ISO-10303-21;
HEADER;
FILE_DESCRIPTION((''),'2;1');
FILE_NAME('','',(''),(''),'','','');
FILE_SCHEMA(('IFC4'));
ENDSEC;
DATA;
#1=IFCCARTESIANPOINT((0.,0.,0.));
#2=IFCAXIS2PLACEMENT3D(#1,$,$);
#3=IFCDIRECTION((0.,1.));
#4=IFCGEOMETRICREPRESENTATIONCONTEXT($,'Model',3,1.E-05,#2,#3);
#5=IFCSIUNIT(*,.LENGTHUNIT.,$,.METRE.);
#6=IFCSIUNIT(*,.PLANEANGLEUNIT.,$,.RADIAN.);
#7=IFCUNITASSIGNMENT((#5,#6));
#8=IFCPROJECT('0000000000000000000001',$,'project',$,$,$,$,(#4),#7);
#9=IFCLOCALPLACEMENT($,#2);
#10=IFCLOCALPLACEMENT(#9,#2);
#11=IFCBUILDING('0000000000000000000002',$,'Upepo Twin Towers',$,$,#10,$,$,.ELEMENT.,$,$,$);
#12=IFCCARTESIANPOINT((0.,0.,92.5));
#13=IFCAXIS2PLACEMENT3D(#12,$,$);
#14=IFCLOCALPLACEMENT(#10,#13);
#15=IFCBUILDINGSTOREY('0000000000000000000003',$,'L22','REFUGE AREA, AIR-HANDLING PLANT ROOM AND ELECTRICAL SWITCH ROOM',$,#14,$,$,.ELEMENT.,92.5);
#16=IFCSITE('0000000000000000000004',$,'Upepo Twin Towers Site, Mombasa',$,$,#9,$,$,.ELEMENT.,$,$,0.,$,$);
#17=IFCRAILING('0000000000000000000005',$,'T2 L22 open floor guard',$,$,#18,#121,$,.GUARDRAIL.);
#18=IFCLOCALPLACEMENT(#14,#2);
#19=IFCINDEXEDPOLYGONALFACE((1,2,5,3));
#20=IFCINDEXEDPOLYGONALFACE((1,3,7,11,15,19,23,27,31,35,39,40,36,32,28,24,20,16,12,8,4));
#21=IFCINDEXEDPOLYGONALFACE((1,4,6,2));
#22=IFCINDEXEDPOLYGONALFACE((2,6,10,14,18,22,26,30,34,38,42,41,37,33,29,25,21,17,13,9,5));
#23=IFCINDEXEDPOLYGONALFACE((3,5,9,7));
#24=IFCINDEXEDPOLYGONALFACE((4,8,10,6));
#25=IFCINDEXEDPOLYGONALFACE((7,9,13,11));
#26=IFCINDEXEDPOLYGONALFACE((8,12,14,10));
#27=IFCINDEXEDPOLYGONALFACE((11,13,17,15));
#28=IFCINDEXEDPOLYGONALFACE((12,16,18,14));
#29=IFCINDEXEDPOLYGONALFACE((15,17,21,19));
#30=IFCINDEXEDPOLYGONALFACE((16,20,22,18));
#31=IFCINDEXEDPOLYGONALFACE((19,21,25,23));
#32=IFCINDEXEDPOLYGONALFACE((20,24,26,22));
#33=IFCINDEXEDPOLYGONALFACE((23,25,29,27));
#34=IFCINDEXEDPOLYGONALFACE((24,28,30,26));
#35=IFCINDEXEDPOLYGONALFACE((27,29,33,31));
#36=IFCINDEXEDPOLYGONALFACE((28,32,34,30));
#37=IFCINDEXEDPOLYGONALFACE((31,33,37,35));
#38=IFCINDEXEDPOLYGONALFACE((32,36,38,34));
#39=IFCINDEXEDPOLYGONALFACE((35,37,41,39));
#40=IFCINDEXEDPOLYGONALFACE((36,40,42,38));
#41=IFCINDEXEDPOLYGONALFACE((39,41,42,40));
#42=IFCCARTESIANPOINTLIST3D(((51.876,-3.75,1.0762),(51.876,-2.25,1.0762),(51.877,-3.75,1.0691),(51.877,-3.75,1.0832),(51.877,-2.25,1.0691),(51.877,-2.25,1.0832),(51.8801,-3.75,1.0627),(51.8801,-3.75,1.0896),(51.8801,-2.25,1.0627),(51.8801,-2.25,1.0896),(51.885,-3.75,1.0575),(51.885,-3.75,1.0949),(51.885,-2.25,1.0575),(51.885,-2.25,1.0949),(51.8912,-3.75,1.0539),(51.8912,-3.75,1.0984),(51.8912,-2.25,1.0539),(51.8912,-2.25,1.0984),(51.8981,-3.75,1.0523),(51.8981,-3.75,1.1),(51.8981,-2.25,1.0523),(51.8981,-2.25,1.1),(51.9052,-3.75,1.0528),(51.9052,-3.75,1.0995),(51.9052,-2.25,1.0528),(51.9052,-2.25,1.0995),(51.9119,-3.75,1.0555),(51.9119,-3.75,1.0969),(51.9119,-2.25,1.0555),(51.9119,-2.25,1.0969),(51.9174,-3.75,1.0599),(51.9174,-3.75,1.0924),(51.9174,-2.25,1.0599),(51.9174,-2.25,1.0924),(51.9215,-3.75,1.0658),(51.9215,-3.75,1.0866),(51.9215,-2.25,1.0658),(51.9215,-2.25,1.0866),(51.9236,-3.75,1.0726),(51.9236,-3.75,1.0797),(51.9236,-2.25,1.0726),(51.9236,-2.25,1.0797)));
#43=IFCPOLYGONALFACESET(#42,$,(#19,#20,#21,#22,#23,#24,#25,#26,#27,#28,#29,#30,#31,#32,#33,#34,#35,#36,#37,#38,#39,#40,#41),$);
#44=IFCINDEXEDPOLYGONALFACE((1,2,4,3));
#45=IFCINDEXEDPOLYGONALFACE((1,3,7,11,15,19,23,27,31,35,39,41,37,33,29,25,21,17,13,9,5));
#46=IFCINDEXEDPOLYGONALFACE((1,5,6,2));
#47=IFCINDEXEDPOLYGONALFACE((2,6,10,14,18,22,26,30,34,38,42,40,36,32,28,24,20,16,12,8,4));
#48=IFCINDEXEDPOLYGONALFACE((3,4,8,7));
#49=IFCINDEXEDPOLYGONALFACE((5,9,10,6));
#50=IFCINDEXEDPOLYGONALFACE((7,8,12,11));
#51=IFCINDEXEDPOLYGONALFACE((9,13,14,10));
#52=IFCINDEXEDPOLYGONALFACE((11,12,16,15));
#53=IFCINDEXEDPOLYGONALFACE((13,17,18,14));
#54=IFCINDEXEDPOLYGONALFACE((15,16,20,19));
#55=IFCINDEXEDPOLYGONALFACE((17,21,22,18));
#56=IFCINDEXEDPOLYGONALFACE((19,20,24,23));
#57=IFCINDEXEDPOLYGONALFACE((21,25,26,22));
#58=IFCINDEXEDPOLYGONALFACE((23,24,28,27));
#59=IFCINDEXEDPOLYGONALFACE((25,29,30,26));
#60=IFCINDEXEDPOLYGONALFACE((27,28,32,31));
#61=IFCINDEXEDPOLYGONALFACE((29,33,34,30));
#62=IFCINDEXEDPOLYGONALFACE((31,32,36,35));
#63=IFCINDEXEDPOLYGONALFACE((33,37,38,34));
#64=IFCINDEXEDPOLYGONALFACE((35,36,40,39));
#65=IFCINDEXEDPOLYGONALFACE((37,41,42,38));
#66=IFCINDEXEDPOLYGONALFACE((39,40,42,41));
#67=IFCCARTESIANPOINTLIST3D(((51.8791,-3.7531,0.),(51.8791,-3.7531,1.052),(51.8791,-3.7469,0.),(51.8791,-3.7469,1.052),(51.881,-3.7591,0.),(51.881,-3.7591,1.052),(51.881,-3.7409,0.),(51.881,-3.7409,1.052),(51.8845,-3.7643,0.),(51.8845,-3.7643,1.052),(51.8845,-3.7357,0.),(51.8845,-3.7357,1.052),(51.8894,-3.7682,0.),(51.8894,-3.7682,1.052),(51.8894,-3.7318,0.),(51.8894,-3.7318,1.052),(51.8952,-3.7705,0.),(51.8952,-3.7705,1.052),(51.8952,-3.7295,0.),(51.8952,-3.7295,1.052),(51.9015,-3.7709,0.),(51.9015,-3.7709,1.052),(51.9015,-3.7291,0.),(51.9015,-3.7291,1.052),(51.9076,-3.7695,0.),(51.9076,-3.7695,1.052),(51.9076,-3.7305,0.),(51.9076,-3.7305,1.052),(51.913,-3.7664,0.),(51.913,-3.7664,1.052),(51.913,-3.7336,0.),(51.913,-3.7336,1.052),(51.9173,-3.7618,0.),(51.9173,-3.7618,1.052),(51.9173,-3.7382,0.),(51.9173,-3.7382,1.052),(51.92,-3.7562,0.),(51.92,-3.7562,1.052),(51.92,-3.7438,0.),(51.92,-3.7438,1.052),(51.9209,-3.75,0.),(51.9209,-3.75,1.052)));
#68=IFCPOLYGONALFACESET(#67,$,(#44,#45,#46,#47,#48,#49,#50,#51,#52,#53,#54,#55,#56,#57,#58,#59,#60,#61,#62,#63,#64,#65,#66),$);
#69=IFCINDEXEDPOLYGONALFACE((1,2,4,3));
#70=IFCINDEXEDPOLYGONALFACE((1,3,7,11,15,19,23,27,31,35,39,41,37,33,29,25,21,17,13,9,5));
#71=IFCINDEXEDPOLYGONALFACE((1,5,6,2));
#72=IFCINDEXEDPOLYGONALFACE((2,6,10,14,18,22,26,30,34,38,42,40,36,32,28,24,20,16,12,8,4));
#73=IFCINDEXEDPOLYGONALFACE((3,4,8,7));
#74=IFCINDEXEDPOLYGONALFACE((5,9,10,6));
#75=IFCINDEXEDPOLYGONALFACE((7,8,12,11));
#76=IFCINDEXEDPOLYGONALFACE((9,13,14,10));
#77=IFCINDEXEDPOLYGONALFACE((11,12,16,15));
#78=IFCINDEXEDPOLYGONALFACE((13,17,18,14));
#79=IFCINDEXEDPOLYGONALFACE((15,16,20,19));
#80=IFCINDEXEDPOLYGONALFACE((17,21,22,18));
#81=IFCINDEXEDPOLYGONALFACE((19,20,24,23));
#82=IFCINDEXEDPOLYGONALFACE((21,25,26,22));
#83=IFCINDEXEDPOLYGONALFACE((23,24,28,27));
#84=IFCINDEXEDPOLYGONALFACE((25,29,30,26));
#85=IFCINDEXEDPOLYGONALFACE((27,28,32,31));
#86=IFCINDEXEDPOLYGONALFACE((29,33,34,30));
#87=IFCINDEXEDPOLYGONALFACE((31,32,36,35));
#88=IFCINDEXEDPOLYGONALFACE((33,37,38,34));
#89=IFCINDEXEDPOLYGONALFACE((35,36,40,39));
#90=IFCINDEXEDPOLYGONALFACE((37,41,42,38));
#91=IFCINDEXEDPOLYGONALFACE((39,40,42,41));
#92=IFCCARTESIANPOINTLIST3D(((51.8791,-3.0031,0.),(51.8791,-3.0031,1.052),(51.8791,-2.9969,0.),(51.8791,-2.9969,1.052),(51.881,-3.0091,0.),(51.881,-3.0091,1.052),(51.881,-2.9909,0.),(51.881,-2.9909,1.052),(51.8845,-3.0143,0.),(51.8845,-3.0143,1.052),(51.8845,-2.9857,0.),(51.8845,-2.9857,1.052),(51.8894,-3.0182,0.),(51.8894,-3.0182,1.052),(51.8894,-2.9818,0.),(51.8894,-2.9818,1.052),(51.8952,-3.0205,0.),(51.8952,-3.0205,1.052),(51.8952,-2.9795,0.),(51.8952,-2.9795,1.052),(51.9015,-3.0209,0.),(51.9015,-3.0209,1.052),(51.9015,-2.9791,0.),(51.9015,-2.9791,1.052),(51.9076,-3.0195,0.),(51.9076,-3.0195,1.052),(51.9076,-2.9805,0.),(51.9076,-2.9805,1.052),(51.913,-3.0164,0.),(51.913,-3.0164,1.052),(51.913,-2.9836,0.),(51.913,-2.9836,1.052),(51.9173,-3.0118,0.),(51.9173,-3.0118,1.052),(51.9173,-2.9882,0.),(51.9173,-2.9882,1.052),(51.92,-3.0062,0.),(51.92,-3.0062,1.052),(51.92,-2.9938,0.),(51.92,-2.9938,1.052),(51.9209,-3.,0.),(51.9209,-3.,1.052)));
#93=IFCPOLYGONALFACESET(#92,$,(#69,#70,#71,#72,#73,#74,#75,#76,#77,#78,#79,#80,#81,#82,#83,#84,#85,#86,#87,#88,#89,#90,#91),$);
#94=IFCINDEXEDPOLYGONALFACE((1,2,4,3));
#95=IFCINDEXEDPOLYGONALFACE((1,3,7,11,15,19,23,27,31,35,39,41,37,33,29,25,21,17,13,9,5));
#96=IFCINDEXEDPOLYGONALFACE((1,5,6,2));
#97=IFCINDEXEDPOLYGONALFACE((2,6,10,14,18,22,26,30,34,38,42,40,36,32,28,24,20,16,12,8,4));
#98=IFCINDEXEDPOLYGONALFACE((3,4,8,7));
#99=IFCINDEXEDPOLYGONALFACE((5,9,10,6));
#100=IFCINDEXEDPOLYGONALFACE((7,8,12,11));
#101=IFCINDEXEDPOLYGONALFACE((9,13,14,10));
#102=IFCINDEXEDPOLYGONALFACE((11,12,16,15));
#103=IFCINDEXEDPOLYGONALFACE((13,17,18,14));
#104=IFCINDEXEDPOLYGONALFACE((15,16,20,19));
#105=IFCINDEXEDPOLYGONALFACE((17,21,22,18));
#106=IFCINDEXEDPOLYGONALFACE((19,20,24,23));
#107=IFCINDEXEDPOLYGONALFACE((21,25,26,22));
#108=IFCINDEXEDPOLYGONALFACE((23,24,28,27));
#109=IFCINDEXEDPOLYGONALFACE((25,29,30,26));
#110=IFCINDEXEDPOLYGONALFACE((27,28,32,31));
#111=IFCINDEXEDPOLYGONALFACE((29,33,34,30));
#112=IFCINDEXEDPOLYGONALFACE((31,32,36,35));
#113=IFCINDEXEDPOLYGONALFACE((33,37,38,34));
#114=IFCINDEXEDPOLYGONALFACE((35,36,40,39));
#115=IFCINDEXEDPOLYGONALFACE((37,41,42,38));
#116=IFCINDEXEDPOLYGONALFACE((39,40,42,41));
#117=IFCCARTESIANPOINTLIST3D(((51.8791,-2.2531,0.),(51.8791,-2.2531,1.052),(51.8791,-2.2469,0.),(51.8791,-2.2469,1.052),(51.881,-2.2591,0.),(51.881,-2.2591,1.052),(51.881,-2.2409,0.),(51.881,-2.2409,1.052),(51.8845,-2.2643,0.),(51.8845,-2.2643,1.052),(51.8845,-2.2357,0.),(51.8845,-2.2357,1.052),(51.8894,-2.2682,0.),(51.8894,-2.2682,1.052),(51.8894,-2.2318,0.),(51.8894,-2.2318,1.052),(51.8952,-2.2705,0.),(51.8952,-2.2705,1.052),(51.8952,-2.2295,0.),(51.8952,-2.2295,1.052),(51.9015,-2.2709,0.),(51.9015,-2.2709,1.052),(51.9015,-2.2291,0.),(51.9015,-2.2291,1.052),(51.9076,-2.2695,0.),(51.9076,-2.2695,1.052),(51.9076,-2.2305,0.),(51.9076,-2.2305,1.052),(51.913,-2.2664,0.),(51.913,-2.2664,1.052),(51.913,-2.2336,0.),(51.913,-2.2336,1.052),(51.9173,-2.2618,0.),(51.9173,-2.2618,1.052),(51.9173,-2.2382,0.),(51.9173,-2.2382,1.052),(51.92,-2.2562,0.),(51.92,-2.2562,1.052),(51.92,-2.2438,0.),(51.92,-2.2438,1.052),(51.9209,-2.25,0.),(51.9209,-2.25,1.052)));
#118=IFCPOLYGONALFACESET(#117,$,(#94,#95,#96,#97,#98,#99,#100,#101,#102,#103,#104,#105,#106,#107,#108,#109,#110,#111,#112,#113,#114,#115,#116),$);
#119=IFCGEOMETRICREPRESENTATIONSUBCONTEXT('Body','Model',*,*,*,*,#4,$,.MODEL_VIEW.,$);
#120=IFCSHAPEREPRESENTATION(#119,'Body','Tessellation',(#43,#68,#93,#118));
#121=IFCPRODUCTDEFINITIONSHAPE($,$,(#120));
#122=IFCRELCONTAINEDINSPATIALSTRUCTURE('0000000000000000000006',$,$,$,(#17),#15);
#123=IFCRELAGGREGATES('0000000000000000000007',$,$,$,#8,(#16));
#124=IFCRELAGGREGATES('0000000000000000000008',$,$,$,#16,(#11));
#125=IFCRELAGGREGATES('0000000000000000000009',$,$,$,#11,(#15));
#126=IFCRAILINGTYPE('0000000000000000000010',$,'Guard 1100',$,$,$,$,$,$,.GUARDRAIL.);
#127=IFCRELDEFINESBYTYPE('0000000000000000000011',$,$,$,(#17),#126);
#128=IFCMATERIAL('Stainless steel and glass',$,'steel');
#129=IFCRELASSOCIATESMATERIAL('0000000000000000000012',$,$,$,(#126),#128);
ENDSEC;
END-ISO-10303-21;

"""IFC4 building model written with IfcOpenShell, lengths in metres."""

from ifc_helpers import new_model, si_unit, direction, frame, origin, origin_2d, place, context, subcontext, project, spatial, circle, extrude, material, type_object, element, save


model = new_model("IFC4")

# Units and contexts
model_context = context("Model", 3, precision=1e-05, world=origin(), true_north=direction((0.0, 1.0)))
body_context = subcontext(model_context, "Body", "Model", "MODEL_VIEW")
ifc_project = project(units=[si_unit("LENGTHUNIT", "METRE"), si_unit("PLANEANGLEUNIT", "RADIAN")], contexts=[model_context])

# Site, building, storey
site_placement = place(None, origin())
site = spatial("IfcSite", under=ifc_project, at=site_placement, Name="Upepo Twin Towers Site, Mombasa", CompositionType="ELEMENT", RefElevation=0.0)
building_placement = place(site_placement, origin())
building = spatial("IfcBuilding", under=site, at=building_placement, Name="Upepo Twin Towers", CompositionType="ELEMENT")
storey_placement = place(building_placement, frame((0.0, 0.0, 92.5)))
storey = spatial("IfcBuildingStorey", under=building, at=storey_placement, Name="L22", Description="REFUGE AREA, AIR-HANDLING PLANT ROOM AND ELECTRICAL SWITCH ROOM", CompositionType="ELEMENT", Elevation=92.5)

# Railing
ifc_material_1 = material(Name="Stainless steel and glass", Category="steel")
railing_type = type_object("IfcRailingType", Name="Guard 1100", PredefinedType="GUARDRAIL", material=ifc_material_1)
railing_1_placement = place(storey_placement, frame((51.8999, -3.75, 0.0)))
element("IfcRailing", 1, at=railing_1_placement, inside=storey, type_object=railing_type, Name="T2 L22 open floor guard", PredefinedType="GUARDRAIL", context=body_context, shape_type="SweptSolid", body=[
    extrude(circle(Radius=0.0239, at=origin_2d()), frame((0.0, 0.0, 1.0762), z_axis=(0.0, 1.0, 0.0), x_axis=(-1.0, 0.0, 0.0)), (0.0, 0.0, 1.0), 1.5),
    extrude(circle(Radius=0.021, at=origin_2d()), origin(), (0.0, 0.0, 1.0), 1.052),
    extrude(circle(Radius=0.021, at=origin_2d()), frame((0.0, 0.75, 0.0)), (0.0, 0.0, 1.0), 1.052),
    extrude(circle(Radius=0.021, at=origin_2d()), frame((0.0, 1.5, 0.0)), (0.0, 0.0, 1.0), 1.052),
])

save(model, "model.ifc")
